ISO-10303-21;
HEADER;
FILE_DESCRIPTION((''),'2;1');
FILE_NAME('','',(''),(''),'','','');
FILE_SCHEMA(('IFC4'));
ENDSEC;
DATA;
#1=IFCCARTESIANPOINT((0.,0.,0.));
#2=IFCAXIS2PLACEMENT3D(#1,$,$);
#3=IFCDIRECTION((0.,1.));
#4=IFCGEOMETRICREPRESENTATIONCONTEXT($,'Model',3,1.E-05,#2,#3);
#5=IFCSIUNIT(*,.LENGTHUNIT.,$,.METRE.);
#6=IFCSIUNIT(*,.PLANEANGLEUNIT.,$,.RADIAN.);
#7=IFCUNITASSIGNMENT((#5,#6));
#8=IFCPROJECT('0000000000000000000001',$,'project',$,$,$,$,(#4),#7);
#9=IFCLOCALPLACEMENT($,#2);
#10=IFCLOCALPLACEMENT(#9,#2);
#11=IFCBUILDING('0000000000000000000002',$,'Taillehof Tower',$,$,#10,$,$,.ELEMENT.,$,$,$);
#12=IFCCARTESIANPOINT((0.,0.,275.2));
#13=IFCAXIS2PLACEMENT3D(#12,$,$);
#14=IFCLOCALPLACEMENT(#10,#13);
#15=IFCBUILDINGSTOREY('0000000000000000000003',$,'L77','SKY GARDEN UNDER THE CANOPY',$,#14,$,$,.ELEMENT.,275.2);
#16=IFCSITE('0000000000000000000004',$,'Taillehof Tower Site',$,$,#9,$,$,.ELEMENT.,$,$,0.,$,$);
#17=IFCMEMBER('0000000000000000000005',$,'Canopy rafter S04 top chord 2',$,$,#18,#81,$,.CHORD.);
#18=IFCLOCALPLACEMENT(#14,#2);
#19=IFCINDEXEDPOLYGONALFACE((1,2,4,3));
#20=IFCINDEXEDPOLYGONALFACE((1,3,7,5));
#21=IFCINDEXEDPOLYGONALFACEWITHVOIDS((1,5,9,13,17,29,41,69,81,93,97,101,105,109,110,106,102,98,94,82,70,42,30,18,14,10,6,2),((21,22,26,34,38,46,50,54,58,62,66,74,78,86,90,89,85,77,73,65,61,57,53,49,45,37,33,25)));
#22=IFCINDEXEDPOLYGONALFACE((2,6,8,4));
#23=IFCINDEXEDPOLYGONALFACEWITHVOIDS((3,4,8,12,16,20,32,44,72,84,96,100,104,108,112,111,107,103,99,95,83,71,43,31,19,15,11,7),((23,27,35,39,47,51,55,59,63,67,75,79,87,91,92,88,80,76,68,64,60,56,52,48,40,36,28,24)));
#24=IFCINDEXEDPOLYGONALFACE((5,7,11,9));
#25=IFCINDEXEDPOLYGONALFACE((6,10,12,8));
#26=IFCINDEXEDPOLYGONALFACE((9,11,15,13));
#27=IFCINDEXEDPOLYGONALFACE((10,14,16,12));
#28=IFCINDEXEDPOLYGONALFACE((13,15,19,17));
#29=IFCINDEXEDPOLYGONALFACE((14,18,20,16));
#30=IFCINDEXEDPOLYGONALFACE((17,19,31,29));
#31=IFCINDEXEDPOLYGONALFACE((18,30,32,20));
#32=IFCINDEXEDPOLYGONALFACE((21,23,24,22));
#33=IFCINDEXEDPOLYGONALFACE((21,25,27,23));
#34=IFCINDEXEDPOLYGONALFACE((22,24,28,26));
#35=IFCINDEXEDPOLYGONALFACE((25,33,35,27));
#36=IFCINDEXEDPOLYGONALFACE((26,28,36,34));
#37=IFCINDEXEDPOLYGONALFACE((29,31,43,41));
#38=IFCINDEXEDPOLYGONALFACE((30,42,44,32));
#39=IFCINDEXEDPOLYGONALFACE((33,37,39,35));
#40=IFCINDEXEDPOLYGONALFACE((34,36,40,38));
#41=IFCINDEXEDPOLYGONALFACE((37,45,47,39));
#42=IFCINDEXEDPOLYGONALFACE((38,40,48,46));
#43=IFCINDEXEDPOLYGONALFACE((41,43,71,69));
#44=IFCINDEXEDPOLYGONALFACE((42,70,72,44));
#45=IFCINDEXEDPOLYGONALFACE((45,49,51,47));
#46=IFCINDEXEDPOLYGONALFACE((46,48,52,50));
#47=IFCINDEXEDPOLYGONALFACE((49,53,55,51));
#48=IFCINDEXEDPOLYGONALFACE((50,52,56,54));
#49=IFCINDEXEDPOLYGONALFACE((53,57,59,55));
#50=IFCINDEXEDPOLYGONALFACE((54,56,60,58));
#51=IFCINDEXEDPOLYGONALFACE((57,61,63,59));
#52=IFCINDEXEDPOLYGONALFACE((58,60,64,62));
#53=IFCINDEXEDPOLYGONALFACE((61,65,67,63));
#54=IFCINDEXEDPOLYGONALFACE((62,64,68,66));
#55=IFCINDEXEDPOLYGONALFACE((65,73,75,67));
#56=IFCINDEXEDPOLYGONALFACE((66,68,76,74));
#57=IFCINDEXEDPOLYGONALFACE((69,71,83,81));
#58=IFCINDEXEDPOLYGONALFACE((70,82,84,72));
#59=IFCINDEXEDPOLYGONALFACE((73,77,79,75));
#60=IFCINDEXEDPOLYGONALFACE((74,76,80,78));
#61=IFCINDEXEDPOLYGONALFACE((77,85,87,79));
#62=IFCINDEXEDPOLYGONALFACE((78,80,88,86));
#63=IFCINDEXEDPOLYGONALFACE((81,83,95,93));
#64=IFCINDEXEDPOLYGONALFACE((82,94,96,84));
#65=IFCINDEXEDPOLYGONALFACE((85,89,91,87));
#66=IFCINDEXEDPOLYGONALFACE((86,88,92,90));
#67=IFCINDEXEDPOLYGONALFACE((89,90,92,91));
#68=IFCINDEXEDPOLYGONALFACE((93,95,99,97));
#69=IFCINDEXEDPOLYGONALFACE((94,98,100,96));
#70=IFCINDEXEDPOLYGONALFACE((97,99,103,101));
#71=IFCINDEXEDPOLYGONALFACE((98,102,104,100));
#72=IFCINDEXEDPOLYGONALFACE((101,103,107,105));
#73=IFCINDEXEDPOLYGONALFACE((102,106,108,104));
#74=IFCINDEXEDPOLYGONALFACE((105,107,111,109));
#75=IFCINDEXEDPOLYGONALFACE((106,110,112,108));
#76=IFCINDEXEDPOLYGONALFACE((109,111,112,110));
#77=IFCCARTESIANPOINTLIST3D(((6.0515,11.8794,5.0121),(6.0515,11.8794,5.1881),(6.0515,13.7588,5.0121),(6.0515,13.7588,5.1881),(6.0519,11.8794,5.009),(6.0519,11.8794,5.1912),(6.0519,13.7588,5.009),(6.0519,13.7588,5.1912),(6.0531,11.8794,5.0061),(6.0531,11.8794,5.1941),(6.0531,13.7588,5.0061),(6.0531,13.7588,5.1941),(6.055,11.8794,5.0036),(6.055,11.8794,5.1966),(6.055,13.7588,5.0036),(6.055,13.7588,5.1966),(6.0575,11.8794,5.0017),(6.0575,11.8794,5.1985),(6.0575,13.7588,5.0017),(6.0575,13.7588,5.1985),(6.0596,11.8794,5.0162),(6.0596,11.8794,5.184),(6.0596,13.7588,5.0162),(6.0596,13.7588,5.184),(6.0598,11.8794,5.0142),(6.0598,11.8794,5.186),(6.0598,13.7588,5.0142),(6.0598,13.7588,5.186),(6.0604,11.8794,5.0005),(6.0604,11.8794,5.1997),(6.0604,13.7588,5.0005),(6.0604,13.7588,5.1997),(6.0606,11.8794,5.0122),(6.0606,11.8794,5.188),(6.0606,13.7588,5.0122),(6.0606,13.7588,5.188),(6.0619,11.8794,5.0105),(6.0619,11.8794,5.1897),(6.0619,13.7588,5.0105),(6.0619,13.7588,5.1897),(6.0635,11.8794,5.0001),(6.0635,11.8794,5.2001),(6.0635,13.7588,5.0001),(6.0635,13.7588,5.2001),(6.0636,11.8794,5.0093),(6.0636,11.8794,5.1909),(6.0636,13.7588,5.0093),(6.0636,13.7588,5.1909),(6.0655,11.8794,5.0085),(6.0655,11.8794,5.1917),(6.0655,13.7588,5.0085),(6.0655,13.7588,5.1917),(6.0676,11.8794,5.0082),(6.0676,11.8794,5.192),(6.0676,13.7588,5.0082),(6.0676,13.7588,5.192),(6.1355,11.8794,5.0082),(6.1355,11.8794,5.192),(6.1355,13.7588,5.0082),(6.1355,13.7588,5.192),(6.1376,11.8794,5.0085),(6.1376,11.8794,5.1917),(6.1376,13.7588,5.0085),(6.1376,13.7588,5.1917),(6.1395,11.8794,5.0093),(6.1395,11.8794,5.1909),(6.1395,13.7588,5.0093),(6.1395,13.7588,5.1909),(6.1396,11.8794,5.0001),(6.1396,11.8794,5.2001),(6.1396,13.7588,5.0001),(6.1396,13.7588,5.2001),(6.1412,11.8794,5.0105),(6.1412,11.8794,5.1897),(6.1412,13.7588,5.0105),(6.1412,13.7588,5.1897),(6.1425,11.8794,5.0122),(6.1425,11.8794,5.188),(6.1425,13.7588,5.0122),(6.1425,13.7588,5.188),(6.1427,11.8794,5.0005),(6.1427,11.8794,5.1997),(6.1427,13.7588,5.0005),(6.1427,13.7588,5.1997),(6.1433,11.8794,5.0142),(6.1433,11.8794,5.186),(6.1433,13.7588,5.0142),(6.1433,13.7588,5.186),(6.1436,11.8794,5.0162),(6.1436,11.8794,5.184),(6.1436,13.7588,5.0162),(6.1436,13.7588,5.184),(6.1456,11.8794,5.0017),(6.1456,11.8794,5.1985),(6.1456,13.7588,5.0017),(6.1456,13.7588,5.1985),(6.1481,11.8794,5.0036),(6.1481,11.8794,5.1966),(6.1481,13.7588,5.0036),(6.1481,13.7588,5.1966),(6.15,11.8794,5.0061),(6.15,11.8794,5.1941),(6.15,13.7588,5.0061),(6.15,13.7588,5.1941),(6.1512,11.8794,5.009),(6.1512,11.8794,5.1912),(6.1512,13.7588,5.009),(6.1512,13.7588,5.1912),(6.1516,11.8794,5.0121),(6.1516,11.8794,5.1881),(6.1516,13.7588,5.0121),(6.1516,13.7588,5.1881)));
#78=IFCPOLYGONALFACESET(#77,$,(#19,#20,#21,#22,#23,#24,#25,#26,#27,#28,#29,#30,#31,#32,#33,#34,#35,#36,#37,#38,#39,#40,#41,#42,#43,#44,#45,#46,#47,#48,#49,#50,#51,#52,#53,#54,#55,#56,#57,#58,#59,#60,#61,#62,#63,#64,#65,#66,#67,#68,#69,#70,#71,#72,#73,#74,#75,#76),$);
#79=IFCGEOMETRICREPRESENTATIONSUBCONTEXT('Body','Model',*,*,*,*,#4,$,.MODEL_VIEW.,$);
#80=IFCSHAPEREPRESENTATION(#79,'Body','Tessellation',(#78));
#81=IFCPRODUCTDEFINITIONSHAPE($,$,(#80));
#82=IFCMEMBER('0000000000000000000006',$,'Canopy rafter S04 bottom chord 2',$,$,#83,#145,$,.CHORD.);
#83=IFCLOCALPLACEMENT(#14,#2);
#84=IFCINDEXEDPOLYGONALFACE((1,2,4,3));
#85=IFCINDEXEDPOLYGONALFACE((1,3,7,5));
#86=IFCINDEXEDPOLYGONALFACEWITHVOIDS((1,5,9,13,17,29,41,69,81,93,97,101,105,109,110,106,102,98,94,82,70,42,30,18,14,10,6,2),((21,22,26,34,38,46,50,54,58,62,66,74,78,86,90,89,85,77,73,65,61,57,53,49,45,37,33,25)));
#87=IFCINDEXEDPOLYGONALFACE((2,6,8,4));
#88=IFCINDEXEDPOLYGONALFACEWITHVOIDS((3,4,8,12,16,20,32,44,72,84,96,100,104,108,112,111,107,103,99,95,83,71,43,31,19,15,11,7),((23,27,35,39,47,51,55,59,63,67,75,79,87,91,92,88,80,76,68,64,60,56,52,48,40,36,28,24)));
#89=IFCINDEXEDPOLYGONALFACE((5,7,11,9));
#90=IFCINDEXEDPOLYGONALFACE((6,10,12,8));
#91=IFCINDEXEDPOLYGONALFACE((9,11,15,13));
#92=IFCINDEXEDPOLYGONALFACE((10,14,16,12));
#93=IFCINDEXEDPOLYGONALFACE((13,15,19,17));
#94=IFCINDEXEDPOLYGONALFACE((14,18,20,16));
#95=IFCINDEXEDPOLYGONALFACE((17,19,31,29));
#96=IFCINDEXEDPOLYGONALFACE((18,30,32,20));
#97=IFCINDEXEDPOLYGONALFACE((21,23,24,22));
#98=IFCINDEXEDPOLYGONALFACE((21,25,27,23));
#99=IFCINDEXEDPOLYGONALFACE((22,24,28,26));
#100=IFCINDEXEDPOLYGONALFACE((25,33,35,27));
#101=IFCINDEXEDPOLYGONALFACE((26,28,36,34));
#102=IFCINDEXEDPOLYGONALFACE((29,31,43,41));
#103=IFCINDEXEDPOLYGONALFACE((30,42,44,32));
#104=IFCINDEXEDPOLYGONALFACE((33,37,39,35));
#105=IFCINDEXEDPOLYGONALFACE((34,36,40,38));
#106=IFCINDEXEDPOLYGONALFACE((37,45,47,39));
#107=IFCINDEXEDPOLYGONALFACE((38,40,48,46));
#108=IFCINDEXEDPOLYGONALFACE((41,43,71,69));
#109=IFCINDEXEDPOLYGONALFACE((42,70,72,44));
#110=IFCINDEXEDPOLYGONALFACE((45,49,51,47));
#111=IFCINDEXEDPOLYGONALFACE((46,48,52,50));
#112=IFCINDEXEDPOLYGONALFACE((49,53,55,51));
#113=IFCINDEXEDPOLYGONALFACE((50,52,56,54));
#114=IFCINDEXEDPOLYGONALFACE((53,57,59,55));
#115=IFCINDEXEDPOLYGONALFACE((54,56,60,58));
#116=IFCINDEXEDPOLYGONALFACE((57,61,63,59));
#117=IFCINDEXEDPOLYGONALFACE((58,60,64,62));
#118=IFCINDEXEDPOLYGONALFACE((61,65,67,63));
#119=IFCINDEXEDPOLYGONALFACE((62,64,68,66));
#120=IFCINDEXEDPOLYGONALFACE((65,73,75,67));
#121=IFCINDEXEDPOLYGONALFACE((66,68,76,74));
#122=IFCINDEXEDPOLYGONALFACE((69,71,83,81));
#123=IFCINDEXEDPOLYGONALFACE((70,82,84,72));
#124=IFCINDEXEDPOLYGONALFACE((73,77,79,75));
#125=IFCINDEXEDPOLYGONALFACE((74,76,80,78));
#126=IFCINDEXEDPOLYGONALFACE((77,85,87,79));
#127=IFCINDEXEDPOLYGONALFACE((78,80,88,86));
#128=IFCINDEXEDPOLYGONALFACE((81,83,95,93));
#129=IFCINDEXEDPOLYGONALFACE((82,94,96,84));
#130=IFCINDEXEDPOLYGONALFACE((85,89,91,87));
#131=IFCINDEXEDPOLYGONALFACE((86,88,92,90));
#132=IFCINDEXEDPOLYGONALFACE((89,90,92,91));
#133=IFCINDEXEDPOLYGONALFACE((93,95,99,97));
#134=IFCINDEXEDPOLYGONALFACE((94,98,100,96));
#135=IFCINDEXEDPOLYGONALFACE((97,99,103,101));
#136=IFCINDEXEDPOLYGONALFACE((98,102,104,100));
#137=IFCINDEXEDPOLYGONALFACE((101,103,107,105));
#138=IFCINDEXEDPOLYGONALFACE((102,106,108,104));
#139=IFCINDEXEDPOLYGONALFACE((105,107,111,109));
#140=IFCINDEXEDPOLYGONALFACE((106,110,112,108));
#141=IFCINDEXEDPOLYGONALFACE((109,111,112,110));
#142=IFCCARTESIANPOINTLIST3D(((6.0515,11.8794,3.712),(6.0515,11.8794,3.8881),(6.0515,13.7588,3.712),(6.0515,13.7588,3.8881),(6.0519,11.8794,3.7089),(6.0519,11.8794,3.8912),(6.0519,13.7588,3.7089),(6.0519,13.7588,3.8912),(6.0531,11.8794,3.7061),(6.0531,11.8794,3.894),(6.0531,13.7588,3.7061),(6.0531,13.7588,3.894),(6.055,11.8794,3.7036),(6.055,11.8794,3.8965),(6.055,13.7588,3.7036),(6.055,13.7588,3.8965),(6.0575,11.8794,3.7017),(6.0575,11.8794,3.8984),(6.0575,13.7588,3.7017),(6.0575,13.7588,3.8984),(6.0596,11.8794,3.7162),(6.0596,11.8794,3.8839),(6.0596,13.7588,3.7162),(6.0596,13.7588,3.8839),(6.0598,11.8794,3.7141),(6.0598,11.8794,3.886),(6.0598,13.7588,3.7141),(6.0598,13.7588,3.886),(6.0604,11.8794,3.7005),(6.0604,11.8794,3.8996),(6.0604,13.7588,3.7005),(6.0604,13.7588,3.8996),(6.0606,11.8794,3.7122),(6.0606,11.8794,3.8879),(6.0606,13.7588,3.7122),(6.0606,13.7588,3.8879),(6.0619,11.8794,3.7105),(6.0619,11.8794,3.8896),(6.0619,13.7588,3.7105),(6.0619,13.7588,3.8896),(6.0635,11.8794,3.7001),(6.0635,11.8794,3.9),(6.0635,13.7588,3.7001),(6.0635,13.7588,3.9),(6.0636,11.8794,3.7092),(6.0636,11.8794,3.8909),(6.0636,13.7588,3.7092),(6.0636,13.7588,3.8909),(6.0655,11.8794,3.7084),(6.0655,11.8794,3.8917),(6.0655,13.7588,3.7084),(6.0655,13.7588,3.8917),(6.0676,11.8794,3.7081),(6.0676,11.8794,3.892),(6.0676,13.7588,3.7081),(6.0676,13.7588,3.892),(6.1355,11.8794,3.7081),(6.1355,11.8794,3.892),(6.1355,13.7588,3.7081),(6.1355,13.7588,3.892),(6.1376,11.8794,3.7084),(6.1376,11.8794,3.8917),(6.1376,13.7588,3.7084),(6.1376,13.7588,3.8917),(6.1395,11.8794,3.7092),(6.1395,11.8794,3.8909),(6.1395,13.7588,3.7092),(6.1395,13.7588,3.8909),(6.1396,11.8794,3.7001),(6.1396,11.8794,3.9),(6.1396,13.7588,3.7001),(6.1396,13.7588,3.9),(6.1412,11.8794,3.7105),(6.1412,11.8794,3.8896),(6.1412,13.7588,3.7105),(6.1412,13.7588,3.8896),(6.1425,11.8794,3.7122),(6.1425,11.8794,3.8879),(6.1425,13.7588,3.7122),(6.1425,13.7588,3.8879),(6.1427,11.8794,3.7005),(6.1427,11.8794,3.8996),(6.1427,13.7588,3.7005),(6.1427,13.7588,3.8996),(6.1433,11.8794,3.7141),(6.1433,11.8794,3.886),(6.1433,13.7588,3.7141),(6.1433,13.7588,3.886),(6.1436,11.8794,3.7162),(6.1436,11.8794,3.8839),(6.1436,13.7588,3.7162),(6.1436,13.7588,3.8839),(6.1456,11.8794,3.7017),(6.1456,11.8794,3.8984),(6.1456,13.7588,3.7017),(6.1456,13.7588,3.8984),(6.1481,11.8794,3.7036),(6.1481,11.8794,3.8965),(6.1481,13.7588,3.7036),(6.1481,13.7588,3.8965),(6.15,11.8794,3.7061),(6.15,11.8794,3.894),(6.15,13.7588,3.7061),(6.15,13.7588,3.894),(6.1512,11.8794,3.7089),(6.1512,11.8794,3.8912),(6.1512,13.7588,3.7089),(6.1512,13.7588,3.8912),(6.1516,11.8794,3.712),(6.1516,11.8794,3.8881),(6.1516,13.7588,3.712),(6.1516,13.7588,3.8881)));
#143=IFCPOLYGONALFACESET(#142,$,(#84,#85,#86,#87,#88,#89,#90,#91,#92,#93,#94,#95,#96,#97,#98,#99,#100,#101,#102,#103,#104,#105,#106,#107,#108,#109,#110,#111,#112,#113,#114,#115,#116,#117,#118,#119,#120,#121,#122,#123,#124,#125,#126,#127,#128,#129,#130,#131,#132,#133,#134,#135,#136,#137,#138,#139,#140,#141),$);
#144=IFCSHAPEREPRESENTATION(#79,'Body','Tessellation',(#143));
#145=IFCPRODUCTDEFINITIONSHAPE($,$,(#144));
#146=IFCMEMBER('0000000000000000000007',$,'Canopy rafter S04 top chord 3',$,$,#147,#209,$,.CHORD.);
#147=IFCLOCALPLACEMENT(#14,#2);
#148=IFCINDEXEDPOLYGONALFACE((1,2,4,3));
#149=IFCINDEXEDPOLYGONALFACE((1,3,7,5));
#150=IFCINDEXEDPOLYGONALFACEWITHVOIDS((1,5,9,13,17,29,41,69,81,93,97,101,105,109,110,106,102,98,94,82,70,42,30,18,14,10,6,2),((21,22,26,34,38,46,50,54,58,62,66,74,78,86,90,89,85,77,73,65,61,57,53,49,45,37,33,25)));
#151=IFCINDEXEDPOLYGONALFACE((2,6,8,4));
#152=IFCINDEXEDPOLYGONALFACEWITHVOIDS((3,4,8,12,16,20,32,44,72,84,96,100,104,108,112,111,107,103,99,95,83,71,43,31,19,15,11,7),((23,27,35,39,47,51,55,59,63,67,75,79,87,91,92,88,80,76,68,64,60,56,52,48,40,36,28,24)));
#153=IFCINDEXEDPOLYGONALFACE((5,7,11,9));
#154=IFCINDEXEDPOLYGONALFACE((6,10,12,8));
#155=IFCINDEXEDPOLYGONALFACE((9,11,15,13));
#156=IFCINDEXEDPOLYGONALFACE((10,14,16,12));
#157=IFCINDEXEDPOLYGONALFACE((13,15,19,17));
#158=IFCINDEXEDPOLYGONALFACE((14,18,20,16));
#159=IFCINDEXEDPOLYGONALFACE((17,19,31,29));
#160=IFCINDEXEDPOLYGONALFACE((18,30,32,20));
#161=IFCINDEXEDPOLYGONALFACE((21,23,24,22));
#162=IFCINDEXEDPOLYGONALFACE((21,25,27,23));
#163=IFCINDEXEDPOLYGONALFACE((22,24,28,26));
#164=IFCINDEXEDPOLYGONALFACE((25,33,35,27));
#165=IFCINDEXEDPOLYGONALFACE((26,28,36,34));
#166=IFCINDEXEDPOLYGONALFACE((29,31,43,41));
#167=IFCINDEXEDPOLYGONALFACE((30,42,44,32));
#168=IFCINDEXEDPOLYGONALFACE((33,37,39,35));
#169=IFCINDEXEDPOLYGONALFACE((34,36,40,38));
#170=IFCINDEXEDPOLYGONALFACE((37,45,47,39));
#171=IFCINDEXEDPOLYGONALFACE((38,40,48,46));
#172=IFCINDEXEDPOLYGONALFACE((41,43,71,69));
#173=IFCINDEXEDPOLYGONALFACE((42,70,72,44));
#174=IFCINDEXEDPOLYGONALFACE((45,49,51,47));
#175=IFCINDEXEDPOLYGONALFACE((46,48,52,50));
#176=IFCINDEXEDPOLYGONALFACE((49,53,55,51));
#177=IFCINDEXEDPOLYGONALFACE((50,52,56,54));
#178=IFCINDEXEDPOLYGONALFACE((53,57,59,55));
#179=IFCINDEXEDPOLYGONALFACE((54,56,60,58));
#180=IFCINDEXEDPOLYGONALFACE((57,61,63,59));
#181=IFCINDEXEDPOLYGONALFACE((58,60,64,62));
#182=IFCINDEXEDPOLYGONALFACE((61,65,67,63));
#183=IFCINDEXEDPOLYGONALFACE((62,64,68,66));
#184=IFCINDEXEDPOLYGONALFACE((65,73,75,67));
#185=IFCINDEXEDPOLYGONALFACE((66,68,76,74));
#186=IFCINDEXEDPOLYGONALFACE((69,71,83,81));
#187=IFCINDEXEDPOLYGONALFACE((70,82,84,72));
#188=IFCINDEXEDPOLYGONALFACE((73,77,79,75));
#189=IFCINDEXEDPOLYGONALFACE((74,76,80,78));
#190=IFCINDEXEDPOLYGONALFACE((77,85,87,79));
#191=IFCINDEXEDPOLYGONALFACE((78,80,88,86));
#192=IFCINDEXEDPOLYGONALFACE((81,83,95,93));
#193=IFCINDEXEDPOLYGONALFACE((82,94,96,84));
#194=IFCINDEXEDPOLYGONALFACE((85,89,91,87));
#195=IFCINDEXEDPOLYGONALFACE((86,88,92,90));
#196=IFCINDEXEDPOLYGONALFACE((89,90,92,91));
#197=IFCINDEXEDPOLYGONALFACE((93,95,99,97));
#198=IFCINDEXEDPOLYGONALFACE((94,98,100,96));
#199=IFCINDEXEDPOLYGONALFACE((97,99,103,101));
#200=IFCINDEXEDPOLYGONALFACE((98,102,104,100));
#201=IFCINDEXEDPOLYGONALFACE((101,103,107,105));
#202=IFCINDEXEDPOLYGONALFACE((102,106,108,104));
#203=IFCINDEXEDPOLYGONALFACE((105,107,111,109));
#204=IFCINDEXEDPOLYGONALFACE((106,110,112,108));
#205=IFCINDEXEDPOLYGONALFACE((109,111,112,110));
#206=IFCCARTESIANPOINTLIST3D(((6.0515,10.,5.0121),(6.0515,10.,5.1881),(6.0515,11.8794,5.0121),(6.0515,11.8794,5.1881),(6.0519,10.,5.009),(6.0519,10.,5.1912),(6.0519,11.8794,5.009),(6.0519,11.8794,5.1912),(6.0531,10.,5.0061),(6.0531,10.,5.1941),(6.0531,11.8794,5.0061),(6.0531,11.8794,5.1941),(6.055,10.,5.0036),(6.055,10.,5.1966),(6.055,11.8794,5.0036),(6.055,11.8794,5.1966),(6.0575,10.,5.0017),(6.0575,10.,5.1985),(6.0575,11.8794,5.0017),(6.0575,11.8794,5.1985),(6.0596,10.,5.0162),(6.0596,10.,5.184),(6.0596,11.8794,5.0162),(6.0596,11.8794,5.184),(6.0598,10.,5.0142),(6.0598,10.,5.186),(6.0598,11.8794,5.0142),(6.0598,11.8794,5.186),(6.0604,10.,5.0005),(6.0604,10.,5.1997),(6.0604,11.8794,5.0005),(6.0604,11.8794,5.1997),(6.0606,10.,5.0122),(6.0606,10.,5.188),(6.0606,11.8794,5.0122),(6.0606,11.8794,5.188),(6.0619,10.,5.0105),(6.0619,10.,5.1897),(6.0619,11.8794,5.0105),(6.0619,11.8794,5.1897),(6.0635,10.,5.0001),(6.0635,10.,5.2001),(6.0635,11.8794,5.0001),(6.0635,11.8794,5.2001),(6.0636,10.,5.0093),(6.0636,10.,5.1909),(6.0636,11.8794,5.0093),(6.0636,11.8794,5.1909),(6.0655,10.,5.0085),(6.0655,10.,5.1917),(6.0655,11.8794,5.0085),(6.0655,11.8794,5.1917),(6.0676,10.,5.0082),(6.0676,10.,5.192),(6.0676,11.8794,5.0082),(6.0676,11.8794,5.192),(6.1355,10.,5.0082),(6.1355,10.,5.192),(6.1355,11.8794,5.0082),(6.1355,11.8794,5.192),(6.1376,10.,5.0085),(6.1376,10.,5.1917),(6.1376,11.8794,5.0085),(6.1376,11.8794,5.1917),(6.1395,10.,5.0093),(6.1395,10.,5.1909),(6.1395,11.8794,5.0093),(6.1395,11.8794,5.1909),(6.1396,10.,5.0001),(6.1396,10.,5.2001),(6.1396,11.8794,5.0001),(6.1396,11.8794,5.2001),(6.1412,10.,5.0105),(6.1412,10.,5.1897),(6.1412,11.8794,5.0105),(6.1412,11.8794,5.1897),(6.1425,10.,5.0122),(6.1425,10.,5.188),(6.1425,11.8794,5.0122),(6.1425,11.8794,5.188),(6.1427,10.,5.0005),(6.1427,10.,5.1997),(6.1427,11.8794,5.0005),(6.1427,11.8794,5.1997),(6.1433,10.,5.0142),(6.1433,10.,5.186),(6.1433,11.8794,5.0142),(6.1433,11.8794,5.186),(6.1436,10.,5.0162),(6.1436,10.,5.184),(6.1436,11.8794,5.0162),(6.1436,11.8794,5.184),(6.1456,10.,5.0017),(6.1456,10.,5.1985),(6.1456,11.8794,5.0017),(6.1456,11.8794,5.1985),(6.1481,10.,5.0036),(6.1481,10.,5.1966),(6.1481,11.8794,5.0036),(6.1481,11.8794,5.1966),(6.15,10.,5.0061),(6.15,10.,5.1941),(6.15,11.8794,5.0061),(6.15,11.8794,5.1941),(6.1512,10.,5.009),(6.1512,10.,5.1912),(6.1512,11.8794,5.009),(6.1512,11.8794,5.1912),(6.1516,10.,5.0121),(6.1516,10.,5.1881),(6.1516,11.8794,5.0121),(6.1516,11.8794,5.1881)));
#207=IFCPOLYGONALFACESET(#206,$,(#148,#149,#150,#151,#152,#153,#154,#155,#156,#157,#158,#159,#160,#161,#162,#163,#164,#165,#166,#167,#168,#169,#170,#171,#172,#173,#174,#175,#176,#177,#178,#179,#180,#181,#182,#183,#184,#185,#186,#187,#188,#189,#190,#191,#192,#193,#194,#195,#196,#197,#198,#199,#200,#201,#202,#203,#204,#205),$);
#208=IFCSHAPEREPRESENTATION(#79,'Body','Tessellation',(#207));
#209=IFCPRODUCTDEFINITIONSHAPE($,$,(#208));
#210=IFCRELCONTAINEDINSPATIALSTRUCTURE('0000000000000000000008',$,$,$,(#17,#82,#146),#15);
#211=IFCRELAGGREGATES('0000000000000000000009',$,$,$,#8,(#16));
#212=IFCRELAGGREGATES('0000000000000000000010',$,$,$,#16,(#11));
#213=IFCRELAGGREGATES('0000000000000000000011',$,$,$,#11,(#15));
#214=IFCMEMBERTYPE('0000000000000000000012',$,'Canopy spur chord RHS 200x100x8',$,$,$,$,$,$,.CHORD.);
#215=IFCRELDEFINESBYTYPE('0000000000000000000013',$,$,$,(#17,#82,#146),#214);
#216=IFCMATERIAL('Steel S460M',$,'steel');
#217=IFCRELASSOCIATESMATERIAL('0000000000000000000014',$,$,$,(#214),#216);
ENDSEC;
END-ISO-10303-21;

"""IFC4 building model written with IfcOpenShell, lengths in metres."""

from ifc_helpers import new_model, si_unit, direction, frame, origin, origin_2d, place, context, subcontext, project, spatial, hollow_rectangle, extrude, material, material_profile, profile_set, type_object, element, save


model = new_model("IFC4")

# Units and contexts
model_context = context("Model", 3, precision=1e-05, world=origin(), true_north=direction((0.0, 1.0)))
body_context = subcontext(model_context, "Body", "Model", "MODEL_VIEW")
ifc_project = project(units=[si_unit("LENGTHUNIT", "METRE"), si_unit("PLANEANGLEUNIT", "RADIAN")], contexts=[model_context])

# Site, building, storey
site_placement = place(None, origin())
site = spatial("IfcSite", under=ifc_project, at=site_placement, Name="Taillehof Tower Site", CompositionType="ELEMENT", RefElevation=0.0)
building_placement = place(site_placement, origin())
building = spatial("IfcBuilding", under=site, at=building_placement, Name="Taillehof Tower", CompositionType="ELEMENT")
storey_placement = place(building_placement, frame((0.0, 0.0, 275.2)))
storey = spatial("IfcBuildingStorey", under=building, at=storey_placement, Name="L77", Description="SKY GARDEN UNDER THE CANOPY", CompositionType="ELEMENT", Elevation=275.2)

# Members
ifc_material_1 = material(Name="Steel S460M", Category="steel")
ifc_material_profile_1 = material_profile(ifc_material_1, hollow_rectangle(XDim=0.1001, YDim=0.2, WallThickness=0.0081, InnerFilletRadius=0.0081, OuterFilletRadius=0.012, at=origin_2d()), Name="RHS 200x100x8")
ifc_profile_set_1 = profile_set([ifc_material_profile_1], Name="Steel S460M")
member_type_1 = type_object("IfcMemberType", Name="Canopy spur chord RHS 200x100x8", PredefinedType="CHORD", material=ifc_profile_set_1)
for number, where, z_axis, x_axis, name in (
    (1, (6.1016, 13.7588, 5.1001), (0.0, -1.0, 0.0), (1.0, 0.0, 0.0), "Canopy rafter S04 top chord 2"),
    (2, (6.1016, 13.7588, 3.8), (0.0, -1.0, 0.0), (1.0, 0.0, 0.0), "Canopy rafter S04 bottom chord 2"),
    (3, (6.1016, 11.8794, 5.1001), (0.0, -1.0, 0.0), (1.0, 0.0, 0.0), "Canopy rafter S04 top chord 3"),
):
    element("IfcMember", number, at=place(storey_placement, frame(where, z_axis=z_axis, x_axis=x_axis)), inside=storey, type_object=member_type_1, Name=name, PredefinedType="CHORD", context=body_context, shape_type="SweptSolid", body=[
        extrude(hollow_rectangle(XDim=0.1001, YDim=0.2, WallThickness=0.0081, InnerFilletRadius=0.0081, OuterFilletRadius=0.012, at=origin_2d()), origin(), (0.0, 0.0, 1.0), 1.8794),
    ])

save(model, "model.ifc")
